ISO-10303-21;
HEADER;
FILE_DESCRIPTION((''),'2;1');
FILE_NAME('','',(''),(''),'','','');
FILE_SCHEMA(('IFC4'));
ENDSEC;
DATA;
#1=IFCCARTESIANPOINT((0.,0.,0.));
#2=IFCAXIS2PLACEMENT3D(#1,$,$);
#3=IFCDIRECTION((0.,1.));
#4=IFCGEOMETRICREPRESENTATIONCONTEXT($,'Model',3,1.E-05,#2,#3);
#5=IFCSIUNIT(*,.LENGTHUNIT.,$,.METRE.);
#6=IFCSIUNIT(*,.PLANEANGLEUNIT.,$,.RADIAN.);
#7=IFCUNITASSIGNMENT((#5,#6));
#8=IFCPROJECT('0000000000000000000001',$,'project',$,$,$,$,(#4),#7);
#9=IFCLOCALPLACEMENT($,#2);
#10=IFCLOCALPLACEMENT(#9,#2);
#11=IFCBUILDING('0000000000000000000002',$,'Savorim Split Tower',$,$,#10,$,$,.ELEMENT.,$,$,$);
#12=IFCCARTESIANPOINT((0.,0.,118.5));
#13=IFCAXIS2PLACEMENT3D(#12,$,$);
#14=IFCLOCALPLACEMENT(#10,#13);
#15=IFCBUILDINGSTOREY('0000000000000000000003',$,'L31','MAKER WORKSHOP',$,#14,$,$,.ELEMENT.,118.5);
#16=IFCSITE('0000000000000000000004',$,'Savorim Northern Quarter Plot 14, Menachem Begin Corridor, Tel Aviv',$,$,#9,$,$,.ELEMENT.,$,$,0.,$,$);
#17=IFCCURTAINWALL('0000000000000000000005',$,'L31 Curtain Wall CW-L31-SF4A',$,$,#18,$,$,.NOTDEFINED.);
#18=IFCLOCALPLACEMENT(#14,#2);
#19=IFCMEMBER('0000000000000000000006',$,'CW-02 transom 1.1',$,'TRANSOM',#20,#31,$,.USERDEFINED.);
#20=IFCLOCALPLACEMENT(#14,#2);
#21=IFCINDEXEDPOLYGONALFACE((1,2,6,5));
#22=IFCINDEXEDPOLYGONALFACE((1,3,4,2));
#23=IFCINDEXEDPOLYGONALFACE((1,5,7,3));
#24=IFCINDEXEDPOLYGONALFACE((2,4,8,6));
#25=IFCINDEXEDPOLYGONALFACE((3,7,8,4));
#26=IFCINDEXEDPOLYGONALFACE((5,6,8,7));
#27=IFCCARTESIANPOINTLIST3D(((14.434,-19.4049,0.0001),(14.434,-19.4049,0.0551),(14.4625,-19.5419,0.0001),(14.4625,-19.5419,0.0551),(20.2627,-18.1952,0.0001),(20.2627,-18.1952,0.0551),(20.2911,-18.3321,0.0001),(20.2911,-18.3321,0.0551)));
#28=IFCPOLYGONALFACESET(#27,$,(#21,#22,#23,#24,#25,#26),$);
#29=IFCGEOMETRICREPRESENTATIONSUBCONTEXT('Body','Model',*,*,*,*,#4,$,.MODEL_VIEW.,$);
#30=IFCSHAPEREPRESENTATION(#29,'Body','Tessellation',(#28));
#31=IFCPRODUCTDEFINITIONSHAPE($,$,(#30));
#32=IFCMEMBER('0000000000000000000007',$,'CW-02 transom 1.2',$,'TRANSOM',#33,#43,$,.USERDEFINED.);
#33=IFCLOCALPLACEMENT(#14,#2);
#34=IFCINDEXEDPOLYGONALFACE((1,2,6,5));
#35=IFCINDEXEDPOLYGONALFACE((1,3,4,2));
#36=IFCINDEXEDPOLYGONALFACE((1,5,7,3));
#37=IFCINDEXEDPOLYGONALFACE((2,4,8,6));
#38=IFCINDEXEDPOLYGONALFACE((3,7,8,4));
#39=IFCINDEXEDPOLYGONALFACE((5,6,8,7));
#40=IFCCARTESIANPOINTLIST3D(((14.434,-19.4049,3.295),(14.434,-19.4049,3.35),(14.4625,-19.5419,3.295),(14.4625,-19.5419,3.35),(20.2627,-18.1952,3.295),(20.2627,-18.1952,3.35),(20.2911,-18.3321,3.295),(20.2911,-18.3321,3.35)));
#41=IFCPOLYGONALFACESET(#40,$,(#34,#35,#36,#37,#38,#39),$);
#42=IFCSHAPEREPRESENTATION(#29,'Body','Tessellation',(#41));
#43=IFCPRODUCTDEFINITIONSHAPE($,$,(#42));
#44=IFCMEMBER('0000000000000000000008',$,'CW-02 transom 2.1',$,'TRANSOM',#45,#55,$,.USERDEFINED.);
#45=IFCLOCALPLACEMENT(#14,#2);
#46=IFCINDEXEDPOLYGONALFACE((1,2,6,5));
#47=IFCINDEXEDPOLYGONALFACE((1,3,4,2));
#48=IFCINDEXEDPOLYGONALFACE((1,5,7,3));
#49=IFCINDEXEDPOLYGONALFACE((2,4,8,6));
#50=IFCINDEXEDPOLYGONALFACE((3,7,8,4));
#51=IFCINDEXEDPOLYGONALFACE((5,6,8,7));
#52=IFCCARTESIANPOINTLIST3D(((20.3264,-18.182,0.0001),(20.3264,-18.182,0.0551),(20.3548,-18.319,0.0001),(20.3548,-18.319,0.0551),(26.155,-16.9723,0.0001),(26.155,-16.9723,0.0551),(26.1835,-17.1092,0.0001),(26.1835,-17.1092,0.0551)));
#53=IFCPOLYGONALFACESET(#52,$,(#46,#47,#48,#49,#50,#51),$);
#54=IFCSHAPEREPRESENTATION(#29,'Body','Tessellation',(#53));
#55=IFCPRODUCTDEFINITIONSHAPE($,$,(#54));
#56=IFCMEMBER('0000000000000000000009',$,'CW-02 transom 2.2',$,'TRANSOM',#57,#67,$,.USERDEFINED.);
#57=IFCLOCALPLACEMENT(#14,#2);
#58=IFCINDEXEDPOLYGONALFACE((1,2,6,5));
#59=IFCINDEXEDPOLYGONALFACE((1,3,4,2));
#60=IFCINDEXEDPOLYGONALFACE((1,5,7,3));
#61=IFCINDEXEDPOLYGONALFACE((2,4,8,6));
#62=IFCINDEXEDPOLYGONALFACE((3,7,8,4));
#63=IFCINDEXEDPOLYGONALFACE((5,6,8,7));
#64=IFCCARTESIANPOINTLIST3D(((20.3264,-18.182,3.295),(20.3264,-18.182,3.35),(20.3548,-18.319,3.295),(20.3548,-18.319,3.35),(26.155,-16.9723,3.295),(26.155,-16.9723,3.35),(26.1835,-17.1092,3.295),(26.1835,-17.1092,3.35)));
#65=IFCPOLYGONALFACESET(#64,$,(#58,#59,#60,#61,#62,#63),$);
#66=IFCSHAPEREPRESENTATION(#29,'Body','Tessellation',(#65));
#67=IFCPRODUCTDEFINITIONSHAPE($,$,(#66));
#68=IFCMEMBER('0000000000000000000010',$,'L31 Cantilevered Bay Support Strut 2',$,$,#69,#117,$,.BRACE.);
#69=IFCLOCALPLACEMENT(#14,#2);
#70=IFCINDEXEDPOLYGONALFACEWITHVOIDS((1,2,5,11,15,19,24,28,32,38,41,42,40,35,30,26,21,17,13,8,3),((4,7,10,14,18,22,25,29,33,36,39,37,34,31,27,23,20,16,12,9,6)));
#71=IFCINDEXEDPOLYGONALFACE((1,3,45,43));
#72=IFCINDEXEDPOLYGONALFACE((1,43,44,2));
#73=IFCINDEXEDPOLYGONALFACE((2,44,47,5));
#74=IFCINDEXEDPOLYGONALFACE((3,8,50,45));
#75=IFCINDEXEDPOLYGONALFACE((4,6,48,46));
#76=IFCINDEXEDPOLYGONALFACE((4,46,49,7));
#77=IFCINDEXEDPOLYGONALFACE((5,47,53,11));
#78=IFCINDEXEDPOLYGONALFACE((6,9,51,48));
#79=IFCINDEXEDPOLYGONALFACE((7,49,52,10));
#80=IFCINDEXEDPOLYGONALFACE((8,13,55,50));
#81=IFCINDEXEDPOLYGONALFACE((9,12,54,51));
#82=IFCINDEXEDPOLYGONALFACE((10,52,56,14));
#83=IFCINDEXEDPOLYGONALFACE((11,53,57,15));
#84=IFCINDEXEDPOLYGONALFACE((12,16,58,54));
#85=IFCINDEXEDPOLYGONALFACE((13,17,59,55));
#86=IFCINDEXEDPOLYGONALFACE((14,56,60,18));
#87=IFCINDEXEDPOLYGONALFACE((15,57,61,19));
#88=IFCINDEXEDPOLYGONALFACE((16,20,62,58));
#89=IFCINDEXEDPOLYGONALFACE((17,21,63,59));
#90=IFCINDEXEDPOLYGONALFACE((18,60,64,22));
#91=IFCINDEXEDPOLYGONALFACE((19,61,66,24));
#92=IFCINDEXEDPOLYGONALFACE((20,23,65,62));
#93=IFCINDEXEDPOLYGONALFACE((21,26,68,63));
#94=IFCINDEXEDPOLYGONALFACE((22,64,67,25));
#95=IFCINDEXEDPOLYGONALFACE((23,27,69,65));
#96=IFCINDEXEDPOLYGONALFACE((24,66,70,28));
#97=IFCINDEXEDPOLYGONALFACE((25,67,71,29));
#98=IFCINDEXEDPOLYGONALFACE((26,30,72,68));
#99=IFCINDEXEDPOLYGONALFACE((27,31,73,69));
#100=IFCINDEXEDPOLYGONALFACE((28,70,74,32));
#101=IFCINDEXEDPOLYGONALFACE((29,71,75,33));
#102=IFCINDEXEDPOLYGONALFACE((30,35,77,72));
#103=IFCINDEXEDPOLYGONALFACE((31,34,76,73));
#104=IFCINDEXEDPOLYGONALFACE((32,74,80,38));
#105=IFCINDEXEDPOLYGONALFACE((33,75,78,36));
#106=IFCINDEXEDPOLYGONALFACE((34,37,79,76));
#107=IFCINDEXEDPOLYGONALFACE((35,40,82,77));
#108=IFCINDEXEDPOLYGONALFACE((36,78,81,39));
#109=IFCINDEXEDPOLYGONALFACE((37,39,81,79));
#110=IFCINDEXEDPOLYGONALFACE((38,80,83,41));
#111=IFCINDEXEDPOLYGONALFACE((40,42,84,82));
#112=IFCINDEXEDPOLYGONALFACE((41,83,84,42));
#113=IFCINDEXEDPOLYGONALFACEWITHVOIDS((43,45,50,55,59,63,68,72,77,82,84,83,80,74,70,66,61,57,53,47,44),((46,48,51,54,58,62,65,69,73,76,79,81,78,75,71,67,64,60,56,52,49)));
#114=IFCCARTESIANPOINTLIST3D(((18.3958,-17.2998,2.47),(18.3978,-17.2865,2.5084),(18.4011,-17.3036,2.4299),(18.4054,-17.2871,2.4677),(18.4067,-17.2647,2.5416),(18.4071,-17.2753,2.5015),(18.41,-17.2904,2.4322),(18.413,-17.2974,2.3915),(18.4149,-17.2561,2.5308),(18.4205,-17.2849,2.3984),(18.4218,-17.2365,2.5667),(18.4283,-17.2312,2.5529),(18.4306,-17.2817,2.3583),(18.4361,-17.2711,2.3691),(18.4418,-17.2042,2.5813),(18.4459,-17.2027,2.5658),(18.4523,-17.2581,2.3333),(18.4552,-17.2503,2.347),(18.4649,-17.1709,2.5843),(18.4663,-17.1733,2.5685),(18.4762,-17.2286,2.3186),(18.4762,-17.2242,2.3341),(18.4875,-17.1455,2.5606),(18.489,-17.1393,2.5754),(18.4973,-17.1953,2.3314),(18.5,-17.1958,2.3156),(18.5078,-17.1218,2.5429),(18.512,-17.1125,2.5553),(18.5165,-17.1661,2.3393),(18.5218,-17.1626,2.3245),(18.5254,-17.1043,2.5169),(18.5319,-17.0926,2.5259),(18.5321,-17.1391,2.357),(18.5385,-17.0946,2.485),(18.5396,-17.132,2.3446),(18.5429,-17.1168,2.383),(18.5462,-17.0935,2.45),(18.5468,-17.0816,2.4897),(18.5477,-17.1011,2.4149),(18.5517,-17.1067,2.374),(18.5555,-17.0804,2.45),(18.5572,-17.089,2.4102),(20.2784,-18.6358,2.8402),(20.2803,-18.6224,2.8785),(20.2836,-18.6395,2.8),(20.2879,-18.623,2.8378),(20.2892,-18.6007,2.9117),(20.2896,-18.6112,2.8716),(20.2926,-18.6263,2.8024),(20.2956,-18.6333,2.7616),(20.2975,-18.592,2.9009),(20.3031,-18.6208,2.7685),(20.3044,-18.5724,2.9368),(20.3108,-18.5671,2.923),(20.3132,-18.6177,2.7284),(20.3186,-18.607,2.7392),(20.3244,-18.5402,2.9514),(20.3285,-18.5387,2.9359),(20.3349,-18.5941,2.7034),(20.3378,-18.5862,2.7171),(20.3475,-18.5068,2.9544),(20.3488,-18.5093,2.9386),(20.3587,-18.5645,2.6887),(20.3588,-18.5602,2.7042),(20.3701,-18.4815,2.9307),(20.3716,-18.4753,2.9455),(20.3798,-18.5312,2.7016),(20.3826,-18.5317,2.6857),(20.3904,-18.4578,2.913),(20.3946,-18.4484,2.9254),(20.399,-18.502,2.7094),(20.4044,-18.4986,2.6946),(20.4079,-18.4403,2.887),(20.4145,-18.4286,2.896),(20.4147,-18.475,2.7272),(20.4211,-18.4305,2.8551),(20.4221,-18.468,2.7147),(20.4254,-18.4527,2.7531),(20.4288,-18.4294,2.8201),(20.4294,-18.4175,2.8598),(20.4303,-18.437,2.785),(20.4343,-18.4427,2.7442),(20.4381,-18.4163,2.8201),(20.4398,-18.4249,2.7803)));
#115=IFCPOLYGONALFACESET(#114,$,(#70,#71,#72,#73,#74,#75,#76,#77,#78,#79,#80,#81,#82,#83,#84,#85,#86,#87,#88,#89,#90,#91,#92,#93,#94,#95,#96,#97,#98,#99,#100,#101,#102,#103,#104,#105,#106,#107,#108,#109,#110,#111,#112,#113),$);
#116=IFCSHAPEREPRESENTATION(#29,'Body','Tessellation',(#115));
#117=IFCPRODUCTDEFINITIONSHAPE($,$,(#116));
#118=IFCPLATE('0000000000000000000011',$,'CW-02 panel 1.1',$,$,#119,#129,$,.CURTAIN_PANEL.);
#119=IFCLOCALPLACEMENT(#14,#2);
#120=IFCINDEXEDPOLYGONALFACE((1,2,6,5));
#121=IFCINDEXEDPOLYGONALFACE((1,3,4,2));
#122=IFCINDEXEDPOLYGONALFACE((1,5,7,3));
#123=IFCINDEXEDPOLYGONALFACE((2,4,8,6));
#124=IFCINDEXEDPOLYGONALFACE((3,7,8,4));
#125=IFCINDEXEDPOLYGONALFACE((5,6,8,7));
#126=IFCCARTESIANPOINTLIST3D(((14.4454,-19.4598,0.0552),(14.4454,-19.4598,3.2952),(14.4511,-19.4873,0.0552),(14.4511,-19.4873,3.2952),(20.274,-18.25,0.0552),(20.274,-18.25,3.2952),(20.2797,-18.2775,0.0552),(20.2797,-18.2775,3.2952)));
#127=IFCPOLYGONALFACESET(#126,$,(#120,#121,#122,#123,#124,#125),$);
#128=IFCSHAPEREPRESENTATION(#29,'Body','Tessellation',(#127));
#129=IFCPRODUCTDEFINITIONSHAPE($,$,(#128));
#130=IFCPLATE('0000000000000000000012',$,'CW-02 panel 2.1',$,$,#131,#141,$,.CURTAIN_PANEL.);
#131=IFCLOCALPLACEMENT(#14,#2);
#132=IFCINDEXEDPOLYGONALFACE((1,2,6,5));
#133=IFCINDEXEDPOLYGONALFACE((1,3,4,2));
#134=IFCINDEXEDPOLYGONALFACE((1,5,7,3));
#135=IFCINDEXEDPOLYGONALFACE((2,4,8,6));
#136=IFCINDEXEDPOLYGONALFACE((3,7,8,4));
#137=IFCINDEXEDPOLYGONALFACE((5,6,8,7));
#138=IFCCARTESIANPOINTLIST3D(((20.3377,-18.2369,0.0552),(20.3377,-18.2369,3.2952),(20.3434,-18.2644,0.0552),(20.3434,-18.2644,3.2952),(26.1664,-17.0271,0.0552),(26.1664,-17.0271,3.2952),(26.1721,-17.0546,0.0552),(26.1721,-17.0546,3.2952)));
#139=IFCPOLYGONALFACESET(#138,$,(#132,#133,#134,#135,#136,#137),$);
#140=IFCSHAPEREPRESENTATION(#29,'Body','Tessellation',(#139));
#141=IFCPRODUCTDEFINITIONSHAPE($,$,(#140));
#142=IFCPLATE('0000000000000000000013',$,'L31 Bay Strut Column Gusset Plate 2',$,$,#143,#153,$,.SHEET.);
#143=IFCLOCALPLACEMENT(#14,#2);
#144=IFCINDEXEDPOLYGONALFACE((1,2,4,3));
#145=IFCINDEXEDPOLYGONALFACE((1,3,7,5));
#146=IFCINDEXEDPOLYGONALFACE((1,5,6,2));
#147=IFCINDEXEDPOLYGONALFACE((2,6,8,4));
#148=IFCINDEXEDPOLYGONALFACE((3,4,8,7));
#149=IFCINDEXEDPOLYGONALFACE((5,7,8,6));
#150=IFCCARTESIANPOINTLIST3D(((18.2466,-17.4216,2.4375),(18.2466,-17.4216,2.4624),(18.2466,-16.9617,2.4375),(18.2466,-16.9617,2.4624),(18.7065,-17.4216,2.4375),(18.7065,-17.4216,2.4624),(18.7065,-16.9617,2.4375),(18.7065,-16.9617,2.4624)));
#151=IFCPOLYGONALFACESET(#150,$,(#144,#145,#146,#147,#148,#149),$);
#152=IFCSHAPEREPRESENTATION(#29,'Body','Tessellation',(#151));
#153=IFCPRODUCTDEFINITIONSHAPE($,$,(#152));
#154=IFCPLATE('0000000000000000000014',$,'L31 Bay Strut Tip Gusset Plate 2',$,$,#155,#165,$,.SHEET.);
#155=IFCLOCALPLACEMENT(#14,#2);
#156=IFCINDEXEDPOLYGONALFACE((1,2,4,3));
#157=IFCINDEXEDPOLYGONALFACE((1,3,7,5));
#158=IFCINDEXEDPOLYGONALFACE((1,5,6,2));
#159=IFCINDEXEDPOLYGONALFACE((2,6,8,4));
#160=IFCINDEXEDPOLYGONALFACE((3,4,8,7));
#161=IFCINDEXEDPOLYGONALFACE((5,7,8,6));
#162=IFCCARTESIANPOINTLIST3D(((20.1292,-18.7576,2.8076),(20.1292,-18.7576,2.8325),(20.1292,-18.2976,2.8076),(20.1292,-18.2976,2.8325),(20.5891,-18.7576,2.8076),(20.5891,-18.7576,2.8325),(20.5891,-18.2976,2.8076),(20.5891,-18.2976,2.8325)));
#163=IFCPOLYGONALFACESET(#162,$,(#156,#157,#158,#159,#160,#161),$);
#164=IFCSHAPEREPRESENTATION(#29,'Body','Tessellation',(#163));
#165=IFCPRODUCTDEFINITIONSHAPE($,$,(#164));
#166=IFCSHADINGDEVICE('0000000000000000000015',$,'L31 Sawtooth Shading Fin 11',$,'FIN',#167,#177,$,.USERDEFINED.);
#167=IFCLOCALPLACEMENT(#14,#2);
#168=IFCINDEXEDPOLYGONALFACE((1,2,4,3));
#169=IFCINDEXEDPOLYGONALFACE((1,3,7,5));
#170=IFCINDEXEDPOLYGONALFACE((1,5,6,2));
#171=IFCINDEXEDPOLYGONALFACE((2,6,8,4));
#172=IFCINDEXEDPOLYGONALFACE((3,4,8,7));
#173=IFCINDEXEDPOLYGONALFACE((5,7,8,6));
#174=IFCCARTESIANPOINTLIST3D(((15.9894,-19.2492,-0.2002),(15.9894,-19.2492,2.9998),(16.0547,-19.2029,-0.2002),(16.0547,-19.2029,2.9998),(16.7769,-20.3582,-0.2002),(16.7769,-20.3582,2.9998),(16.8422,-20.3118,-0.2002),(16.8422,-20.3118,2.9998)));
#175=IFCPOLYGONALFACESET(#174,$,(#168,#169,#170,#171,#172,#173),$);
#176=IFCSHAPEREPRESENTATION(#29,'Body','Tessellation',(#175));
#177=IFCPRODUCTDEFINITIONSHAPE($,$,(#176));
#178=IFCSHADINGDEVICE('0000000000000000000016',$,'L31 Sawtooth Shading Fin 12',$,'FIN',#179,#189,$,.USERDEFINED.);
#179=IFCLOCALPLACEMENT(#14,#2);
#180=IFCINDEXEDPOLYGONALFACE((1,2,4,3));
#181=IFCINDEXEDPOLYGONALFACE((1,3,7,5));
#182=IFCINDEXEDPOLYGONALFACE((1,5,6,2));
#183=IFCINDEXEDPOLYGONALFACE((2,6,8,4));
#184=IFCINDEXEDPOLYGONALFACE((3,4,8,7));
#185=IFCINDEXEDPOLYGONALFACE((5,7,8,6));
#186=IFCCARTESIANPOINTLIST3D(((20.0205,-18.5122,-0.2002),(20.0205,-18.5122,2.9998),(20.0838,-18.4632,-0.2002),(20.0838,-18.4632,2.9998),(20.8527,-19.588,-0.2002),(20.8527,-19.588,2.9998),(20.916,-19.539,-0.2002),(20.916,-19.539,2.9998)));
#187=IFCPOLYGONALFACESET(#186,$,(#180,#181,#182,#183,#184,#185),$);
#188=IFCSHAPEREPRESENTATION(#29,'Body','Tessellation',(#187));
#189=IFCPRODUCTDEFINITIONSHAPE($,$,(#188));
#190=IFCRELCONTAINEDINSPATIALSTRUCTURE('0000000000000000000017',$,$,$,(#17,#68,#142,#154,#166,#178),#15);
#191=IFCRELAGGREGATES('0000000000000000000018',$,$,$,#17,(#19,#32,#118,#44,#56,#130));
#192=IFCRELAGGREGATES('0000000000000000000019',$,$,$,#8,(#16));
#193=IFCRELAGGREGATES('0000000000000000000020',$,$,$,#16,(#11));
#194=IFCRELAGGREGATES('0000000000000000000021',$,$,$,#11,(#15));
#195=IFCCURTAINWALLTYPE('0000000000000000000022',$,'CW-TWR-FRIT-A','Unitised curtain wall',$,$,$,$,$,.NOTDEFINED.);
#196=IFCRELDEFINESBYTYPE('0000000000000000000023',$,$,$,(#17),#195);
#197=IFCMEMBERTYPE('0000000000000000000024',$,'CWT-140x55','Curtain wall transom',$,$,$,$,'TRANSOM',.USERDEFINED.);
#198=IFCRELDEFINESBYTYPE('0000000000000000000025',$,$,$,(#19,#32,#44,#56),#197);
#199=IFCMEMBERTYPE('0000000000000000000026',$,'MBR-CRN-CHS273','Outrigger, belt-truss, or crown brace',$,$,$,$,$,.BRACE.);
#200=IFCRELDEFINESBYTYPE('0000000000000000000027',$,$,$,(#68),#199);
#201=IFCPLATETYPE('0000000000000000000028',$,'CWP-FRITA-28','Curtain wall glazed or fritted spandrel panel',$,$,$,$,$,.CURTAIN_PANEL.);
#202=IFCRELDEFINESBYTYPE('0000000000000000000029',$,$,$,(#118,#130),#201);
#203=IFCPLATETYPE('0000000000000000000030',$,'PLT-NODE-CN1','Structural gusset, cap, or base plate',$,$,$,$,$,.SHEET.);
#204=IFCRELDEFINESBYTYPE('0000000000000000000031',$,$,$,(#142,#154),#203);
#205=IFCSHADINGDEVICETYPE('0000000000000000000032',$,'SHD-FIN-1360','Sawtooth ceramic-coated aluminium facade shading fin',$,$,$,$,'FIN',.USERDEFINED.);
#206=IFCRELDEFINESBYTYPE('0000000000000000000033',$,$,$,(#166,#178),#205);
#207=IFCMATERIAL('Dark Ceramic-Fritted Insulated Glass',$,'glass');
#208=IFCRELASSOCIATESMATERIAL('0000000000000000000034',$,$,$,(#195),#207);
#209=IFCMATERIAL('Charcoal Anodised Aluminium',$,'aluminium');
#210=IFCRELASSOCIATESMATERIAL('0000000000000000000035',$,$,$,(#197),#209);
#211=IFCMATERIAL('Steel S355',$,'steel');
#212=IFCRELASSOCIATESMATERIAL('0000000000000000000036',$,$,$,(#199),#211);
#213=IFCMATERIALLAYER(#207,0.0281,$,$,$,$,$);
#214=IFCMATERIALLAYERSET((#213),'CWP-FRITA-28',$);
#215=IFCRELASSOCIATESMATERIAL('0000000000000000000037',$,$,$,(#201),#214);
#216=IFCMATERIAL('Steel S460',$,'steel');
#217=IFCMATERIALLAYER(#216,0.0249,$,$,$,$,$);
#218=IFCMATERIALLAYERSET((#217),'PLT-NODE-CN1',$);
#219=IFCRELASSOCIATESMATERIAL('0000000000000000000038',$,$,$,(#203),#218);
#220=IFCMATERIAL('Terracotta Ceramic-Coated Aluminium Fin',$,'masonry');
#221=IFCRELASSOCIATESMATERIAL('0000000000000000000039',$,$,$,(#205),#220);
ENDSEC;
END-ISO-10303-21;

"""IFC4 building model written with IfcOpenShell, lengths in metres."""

from ifc_helpers import new_model, si_unit, direction, frame, origin, origin_2d, place, context, subcontext, project, spatial, rectangle, hollow_circle, extrude, material, layer, layer_set, material_profile, profile_set, type_object, element, aggregate, save


model = new_model("IFC4")

# Units and contexts
model_context = context("Model", 3, precision=1e-05, world=origin(), true_north=direction((0.0, 1.0)))
body_context = subcontext(model_context, "Body", "Model", "MODEL_VIEW")
ifc_project = project(units=[si_unit("LENGTHUNIT", "METRE"), si_unit("PLANEANGLEUNIT", "RADIAN")], contexts=[model_context])

# Site, building, storey
site_placement = place(None, origin())
site = spatial("IfcSite", under=ifc_project, at=site_placement, Name="Savorim Northern Quarter Plot 14, Menachem Begin Corridor, Tel Aviv", CompositionType="ELEMENT", RefElevation=0.0)
building_placement = place(site_placement, origin())
building = spatial("IfcBuilding", under=site, at=building_placement, Name="Savorim Split Tower", CompositionType="ELEMENT")
storey_placement = place(building_placement, frame((0.0, 0.0, 118.5)))
storey = spatial("IfcBuildingStorey", under=building, at=storey_placement, Name="L31", Description="MAKER WORKSHOP", CompositionType="ELEMENT", Elevation=118.5)

# Shared definitions
ifc_material_1 = material(Name="Steel S460", Category="steel")

# Shared definitions
ifc_material_2 = material(Name="Steel S355", Category="steel")

# Shared definitions
ifc_material_3 = material(Name="Dark Ceramic-Fritted Insulated Glass", Category="glass")
curtain_wall_type = type_object("IfcCurtainWallType", Name="CW-TWR-FRIT-A", Description="Unitised curtain wall", PredefinedType="NOTDEFINED", material=ifc_material_3)
ifc_material_4 = material(Name="Charcoal Anodised Aluminium", Category="aluminium")

# Curtain wall, members
curtain_wall_1_placement = place(storey_placement, origin())
curtain_wall_1 = element("IfcCurtainWall", 1, at=curtain_wall_1_placement, inside=storey, type_object=curtain_wall_type, Name="L31 Curtain Wall CW-L31-SF4A", PredefinedType="NOTDEFINED")
ifc_material_profile_1 = material_profile(ifc_material_4, rectangle(XDim=0.1399, YDim=0.0549, at=origin_2d()), Name="ALU-T 140x55")
ifc_profile_set_1 = profile_set([ifc_material_profile_1], Name="Charcoal Anodised Aluminium")
member_type_1 = type_object("IfcMemberType", Name="CWT-140x55", Description="Curtain wall transom", ElementType="TRANSOM", PredefinedType="USERDEFINED", material=ifc_profile_set_1)
member_1_placement = place(storey_placement, frame((14.4482, -19.4734, 0.0276), z_axis=(0.979134, 0.203217, 0.0), x_axis=(-0.203217, 0.979134, 0.0)))
member_1 = element("IfcMember", 2, at=member_1_placement, type_object=member_type_1, Name="CW-02 transom 1.1", ObjectType="TRANSOM", PredefinedType="USERDEFINED", context=body_context, shape_type="SweptSolid", body=[
    extrude(rectangle(XDim=0.1399, YDim=0.0549, at=origin_2d()), origin(), (0.0, 0.0, 1.0), 5.9529),
])
member_2_placement = place(storey_placement, frame((14.4482, -19.4734, 3.3225), z_axis=(0.979134, 0.203217, 0.0), x_axis=(-0.203217, 0.979134, 0.0)))
member_2 = element("IfcMember", 3, at=member_2_placement, type_object=member_type_1, Name="CW-02 transom 1.2", ObjectType="TRANSOM", PredefinedType="USERDEFINED", context=body_context, shape_type="SweptSolid", body=[
    extrude(rectangle(XDim=0.1399, YDim=0.0549, at=origin_2d()), origin(), (0.0, 0.0, 1.0), 5.9529),
])
member_3_placement = place(storey_placement, frame((20.3406, -18.2505, 0.0276), z_axis=(0.979134, 0.203217, 0.0), x_axis=(-0.203217, 0.979134, 0.0)))
member_3 = element("IfcMember", 4, at=member_3_placement, type_object=member_type_1, Name="CW-02 transom 2.1", ObjectType="TRANSOM", PredefinedType="USERDEFINED", context=body_context, shape_type="SweptSolid", body=[
    extrude(rectangle(XDim=0.1399, YDim=0.0549, at=origin_2d()), origin(), (0.0, 0.0, 1.0), 5.9529),
])
member_4_placement = place(storey_placement, frame((20.3406, -18.2505, 3.3225), z_axis=(0.979134, 0.203217, 0.0), x_axis=(-0.203217, 0.979134, 0.0)))
member_4 = element("IfcMember", 5, at=member_4_placement, type_object=member_type_1, Name="CW-02 transom 2.2", ObjectType="TRANSOM", PredefinedType="USERDEFINED", context=body_context, shape_type="SweptSolid", body=[
    extrude(rectangle(XDim=0.1399, YDim=0.0549, at=origin_2d()), origin(), (0.0, 0.0, 1.0), 5.9529),
])

# Member
ifc_material_profile_2 = material_profile(ifc_material_2, hollow_circle(Radius=0.1365, WallThickness=0.0161, at=origin_2d()), Name="CHS 273x16")
ifc_profile_set_2 = profile_set([ifc_material_profile_2], Name="Steel S355")
member_type_2 = type_object("IfcMemberType", Name="MBR-CRN-CHS273", Description="Outrigger, belt-truss, or crown brace", PredefinedType="BRACE", material=ifc_profile_set_2)
member_5_placement = place(storey_placement, frame((18.4766, -17.1917, 2.45), z_axis=(0.805239, -0.571426, 0.158312), x_axis=(0.578724, 0.815523, 0.0)))
element("IfcMember", 6, at=member_5_placement, inside=storey, type_object=member_type_2, Name="L31 Cantilevered Bay Support Strut 2", PredefinedType="BRACE", context=body_context, shape_type="SweptSolid", body=[
    extrude(hollow_circle(Radius=0.1365, WallThickness=0.0161, at=origin_2d()), origin(), (0.0, 0.0, 1.0), 2.3379),
])

# Plates
ifc_layer_1 = layer(ifc_material_3, 0.0281)
ifc_layer_set_1 = layer_set([ifc_layer_1], Name="CWP-FRITA-28")
plate_type_1 = type_object("IfcPlateType", Name="CWP-FRITA-28", Description="Curtain wall glazed or fritted spandrel panel", PredefinedType="CURTAIN_PANEL", material=ifc_layer_set_1)
plate_1_placement = place(storey_placement, frame((17.3625, -18.8687, 0.0552), z_axis=(0.0, 0.0, 1.0), x_axis=(0.979134, 0.203216, 0.0)))
plate_1 = element("IfcPlate", 7, at=plate_1_placement, type_object=plate_type_1, Name="CW-02 panel 1.1", PredefinedType="CURTAIN_PANEL", context=body_context, shape_type="SweptSolid", body=[
    extrude(rectangle(XDim=5.9529, YDim=0.0281, at=origin_2d()), origin(), (0.0, 0.0, 1.0), 3.24),
])
plate_2_placement = place(storey_placement, frame((23.2549, -17.6458, 0.0552), z_axis=(0.0, 0.0, 1.0), x_axis=(0.979134, 0.203216, 0.0)))
plate_2 = element("IfcPlate", 8, at=plate_2_placement, type_object=plate_type_1, Name="CW-02 panel 2.1", PredefinedType="CURTAIN_PANEL", context=body_context, shape_type="SweptSolid", body=[
    extrude(rectangle(XDim=5.9529, YDim=0.0281, at=origin_2d()), origin(), (0.0, 0.0, 1.0), 3.24),
])
aggregate(curtain_wall_1, [member_1, member_2, plate_1, member_3, member_4, plate_2])

# Plates
ifc_layer_2 = layer(ifc_material_1, 0.0249)
ifc_layer_set_2 = layer_set([ifc_layer_2], Name="PLT-NODE-CN1")
plate_type_2 = type_object("IfcPlateType", Name="PLT-NODE-CN1", Description="Structural gusset, cap, or base plate", PredefinedType="SHEET", material=ifc_layer_set_2)
for number, where, z_axis, x_axis, name in (
    (9, (18.4766, -17.1917, 2.4375), (0.0, 0.0, 1.0), (1.0, 0.0, 0.0), "L31 Bay Strut Column Gusset Plate 2"),
    (10, (20.3591, -18.5276, 2.8076), (0.0, 0.0, 1.0), (1.0, 0.0, 0.0), "L31 Bay Strut Tip Gusset Plate 2"),
):
    element("IfcPlate", number, at=place(storey_placement, frame(where, z_axis=z_axis, x_axis=x_axis)), inside=storey, type_object=plate_type_2, Name=name, PredefinedType="SHEET", context=body_context, shape_type="SweptSolid", body=[
        extrude(rectangle(XDim=0.46, YDim=0.46, at=origin_2d()), origin(), (0.0, 0.0, 1.0), 0.0249),
    ])

# Shading devices
ifc_material_5 = material(Name="Terracotta Ceramic-Coated Aluminium Fin", Category="masonry")
shading_device_type = type_object("IfcShadingDeviceType", Name="SHD-FIN-1360", Description="Sawtooth ceramic-coated aluminium facade shading fin", ElementType="FIN", PredefinedType="USERDEFINED", material=ifc_material_5)
for number, where, z_axis, x_axis, name in (
    (11, (16.4158, -19.7805, -0.2002), (0.0, 0.0, 1.0), (0.578994, -0.815332, 0.0), "L31 Sawtooth Shading Fin 11"),
    (12, (20.4683, -19.0256, -0.2002), (0.0, 0.0, 1.0), (0.611868, -0.79096, 0.0), "L31 Sawtooth Shading Fin 12"),
):
    element("IfcShadingDevice", number, at=place(storey_placement, frame(where, z_axis=z_axis, x_axis=x_axis)), inside=storey, type_object=shading_device_type, Name=name, ObjectType="FIN", PredefinedType="USERDEFINED", context=body_context, shape_type="SweptSolid", body=[
        extrude(rectangle(XDim=1.3601, YDim=0.0801, at=origin_2d()), origin(), (0.0, 0.0, 1.0), 3.2),
    ])

save(model, "model.ifc")
